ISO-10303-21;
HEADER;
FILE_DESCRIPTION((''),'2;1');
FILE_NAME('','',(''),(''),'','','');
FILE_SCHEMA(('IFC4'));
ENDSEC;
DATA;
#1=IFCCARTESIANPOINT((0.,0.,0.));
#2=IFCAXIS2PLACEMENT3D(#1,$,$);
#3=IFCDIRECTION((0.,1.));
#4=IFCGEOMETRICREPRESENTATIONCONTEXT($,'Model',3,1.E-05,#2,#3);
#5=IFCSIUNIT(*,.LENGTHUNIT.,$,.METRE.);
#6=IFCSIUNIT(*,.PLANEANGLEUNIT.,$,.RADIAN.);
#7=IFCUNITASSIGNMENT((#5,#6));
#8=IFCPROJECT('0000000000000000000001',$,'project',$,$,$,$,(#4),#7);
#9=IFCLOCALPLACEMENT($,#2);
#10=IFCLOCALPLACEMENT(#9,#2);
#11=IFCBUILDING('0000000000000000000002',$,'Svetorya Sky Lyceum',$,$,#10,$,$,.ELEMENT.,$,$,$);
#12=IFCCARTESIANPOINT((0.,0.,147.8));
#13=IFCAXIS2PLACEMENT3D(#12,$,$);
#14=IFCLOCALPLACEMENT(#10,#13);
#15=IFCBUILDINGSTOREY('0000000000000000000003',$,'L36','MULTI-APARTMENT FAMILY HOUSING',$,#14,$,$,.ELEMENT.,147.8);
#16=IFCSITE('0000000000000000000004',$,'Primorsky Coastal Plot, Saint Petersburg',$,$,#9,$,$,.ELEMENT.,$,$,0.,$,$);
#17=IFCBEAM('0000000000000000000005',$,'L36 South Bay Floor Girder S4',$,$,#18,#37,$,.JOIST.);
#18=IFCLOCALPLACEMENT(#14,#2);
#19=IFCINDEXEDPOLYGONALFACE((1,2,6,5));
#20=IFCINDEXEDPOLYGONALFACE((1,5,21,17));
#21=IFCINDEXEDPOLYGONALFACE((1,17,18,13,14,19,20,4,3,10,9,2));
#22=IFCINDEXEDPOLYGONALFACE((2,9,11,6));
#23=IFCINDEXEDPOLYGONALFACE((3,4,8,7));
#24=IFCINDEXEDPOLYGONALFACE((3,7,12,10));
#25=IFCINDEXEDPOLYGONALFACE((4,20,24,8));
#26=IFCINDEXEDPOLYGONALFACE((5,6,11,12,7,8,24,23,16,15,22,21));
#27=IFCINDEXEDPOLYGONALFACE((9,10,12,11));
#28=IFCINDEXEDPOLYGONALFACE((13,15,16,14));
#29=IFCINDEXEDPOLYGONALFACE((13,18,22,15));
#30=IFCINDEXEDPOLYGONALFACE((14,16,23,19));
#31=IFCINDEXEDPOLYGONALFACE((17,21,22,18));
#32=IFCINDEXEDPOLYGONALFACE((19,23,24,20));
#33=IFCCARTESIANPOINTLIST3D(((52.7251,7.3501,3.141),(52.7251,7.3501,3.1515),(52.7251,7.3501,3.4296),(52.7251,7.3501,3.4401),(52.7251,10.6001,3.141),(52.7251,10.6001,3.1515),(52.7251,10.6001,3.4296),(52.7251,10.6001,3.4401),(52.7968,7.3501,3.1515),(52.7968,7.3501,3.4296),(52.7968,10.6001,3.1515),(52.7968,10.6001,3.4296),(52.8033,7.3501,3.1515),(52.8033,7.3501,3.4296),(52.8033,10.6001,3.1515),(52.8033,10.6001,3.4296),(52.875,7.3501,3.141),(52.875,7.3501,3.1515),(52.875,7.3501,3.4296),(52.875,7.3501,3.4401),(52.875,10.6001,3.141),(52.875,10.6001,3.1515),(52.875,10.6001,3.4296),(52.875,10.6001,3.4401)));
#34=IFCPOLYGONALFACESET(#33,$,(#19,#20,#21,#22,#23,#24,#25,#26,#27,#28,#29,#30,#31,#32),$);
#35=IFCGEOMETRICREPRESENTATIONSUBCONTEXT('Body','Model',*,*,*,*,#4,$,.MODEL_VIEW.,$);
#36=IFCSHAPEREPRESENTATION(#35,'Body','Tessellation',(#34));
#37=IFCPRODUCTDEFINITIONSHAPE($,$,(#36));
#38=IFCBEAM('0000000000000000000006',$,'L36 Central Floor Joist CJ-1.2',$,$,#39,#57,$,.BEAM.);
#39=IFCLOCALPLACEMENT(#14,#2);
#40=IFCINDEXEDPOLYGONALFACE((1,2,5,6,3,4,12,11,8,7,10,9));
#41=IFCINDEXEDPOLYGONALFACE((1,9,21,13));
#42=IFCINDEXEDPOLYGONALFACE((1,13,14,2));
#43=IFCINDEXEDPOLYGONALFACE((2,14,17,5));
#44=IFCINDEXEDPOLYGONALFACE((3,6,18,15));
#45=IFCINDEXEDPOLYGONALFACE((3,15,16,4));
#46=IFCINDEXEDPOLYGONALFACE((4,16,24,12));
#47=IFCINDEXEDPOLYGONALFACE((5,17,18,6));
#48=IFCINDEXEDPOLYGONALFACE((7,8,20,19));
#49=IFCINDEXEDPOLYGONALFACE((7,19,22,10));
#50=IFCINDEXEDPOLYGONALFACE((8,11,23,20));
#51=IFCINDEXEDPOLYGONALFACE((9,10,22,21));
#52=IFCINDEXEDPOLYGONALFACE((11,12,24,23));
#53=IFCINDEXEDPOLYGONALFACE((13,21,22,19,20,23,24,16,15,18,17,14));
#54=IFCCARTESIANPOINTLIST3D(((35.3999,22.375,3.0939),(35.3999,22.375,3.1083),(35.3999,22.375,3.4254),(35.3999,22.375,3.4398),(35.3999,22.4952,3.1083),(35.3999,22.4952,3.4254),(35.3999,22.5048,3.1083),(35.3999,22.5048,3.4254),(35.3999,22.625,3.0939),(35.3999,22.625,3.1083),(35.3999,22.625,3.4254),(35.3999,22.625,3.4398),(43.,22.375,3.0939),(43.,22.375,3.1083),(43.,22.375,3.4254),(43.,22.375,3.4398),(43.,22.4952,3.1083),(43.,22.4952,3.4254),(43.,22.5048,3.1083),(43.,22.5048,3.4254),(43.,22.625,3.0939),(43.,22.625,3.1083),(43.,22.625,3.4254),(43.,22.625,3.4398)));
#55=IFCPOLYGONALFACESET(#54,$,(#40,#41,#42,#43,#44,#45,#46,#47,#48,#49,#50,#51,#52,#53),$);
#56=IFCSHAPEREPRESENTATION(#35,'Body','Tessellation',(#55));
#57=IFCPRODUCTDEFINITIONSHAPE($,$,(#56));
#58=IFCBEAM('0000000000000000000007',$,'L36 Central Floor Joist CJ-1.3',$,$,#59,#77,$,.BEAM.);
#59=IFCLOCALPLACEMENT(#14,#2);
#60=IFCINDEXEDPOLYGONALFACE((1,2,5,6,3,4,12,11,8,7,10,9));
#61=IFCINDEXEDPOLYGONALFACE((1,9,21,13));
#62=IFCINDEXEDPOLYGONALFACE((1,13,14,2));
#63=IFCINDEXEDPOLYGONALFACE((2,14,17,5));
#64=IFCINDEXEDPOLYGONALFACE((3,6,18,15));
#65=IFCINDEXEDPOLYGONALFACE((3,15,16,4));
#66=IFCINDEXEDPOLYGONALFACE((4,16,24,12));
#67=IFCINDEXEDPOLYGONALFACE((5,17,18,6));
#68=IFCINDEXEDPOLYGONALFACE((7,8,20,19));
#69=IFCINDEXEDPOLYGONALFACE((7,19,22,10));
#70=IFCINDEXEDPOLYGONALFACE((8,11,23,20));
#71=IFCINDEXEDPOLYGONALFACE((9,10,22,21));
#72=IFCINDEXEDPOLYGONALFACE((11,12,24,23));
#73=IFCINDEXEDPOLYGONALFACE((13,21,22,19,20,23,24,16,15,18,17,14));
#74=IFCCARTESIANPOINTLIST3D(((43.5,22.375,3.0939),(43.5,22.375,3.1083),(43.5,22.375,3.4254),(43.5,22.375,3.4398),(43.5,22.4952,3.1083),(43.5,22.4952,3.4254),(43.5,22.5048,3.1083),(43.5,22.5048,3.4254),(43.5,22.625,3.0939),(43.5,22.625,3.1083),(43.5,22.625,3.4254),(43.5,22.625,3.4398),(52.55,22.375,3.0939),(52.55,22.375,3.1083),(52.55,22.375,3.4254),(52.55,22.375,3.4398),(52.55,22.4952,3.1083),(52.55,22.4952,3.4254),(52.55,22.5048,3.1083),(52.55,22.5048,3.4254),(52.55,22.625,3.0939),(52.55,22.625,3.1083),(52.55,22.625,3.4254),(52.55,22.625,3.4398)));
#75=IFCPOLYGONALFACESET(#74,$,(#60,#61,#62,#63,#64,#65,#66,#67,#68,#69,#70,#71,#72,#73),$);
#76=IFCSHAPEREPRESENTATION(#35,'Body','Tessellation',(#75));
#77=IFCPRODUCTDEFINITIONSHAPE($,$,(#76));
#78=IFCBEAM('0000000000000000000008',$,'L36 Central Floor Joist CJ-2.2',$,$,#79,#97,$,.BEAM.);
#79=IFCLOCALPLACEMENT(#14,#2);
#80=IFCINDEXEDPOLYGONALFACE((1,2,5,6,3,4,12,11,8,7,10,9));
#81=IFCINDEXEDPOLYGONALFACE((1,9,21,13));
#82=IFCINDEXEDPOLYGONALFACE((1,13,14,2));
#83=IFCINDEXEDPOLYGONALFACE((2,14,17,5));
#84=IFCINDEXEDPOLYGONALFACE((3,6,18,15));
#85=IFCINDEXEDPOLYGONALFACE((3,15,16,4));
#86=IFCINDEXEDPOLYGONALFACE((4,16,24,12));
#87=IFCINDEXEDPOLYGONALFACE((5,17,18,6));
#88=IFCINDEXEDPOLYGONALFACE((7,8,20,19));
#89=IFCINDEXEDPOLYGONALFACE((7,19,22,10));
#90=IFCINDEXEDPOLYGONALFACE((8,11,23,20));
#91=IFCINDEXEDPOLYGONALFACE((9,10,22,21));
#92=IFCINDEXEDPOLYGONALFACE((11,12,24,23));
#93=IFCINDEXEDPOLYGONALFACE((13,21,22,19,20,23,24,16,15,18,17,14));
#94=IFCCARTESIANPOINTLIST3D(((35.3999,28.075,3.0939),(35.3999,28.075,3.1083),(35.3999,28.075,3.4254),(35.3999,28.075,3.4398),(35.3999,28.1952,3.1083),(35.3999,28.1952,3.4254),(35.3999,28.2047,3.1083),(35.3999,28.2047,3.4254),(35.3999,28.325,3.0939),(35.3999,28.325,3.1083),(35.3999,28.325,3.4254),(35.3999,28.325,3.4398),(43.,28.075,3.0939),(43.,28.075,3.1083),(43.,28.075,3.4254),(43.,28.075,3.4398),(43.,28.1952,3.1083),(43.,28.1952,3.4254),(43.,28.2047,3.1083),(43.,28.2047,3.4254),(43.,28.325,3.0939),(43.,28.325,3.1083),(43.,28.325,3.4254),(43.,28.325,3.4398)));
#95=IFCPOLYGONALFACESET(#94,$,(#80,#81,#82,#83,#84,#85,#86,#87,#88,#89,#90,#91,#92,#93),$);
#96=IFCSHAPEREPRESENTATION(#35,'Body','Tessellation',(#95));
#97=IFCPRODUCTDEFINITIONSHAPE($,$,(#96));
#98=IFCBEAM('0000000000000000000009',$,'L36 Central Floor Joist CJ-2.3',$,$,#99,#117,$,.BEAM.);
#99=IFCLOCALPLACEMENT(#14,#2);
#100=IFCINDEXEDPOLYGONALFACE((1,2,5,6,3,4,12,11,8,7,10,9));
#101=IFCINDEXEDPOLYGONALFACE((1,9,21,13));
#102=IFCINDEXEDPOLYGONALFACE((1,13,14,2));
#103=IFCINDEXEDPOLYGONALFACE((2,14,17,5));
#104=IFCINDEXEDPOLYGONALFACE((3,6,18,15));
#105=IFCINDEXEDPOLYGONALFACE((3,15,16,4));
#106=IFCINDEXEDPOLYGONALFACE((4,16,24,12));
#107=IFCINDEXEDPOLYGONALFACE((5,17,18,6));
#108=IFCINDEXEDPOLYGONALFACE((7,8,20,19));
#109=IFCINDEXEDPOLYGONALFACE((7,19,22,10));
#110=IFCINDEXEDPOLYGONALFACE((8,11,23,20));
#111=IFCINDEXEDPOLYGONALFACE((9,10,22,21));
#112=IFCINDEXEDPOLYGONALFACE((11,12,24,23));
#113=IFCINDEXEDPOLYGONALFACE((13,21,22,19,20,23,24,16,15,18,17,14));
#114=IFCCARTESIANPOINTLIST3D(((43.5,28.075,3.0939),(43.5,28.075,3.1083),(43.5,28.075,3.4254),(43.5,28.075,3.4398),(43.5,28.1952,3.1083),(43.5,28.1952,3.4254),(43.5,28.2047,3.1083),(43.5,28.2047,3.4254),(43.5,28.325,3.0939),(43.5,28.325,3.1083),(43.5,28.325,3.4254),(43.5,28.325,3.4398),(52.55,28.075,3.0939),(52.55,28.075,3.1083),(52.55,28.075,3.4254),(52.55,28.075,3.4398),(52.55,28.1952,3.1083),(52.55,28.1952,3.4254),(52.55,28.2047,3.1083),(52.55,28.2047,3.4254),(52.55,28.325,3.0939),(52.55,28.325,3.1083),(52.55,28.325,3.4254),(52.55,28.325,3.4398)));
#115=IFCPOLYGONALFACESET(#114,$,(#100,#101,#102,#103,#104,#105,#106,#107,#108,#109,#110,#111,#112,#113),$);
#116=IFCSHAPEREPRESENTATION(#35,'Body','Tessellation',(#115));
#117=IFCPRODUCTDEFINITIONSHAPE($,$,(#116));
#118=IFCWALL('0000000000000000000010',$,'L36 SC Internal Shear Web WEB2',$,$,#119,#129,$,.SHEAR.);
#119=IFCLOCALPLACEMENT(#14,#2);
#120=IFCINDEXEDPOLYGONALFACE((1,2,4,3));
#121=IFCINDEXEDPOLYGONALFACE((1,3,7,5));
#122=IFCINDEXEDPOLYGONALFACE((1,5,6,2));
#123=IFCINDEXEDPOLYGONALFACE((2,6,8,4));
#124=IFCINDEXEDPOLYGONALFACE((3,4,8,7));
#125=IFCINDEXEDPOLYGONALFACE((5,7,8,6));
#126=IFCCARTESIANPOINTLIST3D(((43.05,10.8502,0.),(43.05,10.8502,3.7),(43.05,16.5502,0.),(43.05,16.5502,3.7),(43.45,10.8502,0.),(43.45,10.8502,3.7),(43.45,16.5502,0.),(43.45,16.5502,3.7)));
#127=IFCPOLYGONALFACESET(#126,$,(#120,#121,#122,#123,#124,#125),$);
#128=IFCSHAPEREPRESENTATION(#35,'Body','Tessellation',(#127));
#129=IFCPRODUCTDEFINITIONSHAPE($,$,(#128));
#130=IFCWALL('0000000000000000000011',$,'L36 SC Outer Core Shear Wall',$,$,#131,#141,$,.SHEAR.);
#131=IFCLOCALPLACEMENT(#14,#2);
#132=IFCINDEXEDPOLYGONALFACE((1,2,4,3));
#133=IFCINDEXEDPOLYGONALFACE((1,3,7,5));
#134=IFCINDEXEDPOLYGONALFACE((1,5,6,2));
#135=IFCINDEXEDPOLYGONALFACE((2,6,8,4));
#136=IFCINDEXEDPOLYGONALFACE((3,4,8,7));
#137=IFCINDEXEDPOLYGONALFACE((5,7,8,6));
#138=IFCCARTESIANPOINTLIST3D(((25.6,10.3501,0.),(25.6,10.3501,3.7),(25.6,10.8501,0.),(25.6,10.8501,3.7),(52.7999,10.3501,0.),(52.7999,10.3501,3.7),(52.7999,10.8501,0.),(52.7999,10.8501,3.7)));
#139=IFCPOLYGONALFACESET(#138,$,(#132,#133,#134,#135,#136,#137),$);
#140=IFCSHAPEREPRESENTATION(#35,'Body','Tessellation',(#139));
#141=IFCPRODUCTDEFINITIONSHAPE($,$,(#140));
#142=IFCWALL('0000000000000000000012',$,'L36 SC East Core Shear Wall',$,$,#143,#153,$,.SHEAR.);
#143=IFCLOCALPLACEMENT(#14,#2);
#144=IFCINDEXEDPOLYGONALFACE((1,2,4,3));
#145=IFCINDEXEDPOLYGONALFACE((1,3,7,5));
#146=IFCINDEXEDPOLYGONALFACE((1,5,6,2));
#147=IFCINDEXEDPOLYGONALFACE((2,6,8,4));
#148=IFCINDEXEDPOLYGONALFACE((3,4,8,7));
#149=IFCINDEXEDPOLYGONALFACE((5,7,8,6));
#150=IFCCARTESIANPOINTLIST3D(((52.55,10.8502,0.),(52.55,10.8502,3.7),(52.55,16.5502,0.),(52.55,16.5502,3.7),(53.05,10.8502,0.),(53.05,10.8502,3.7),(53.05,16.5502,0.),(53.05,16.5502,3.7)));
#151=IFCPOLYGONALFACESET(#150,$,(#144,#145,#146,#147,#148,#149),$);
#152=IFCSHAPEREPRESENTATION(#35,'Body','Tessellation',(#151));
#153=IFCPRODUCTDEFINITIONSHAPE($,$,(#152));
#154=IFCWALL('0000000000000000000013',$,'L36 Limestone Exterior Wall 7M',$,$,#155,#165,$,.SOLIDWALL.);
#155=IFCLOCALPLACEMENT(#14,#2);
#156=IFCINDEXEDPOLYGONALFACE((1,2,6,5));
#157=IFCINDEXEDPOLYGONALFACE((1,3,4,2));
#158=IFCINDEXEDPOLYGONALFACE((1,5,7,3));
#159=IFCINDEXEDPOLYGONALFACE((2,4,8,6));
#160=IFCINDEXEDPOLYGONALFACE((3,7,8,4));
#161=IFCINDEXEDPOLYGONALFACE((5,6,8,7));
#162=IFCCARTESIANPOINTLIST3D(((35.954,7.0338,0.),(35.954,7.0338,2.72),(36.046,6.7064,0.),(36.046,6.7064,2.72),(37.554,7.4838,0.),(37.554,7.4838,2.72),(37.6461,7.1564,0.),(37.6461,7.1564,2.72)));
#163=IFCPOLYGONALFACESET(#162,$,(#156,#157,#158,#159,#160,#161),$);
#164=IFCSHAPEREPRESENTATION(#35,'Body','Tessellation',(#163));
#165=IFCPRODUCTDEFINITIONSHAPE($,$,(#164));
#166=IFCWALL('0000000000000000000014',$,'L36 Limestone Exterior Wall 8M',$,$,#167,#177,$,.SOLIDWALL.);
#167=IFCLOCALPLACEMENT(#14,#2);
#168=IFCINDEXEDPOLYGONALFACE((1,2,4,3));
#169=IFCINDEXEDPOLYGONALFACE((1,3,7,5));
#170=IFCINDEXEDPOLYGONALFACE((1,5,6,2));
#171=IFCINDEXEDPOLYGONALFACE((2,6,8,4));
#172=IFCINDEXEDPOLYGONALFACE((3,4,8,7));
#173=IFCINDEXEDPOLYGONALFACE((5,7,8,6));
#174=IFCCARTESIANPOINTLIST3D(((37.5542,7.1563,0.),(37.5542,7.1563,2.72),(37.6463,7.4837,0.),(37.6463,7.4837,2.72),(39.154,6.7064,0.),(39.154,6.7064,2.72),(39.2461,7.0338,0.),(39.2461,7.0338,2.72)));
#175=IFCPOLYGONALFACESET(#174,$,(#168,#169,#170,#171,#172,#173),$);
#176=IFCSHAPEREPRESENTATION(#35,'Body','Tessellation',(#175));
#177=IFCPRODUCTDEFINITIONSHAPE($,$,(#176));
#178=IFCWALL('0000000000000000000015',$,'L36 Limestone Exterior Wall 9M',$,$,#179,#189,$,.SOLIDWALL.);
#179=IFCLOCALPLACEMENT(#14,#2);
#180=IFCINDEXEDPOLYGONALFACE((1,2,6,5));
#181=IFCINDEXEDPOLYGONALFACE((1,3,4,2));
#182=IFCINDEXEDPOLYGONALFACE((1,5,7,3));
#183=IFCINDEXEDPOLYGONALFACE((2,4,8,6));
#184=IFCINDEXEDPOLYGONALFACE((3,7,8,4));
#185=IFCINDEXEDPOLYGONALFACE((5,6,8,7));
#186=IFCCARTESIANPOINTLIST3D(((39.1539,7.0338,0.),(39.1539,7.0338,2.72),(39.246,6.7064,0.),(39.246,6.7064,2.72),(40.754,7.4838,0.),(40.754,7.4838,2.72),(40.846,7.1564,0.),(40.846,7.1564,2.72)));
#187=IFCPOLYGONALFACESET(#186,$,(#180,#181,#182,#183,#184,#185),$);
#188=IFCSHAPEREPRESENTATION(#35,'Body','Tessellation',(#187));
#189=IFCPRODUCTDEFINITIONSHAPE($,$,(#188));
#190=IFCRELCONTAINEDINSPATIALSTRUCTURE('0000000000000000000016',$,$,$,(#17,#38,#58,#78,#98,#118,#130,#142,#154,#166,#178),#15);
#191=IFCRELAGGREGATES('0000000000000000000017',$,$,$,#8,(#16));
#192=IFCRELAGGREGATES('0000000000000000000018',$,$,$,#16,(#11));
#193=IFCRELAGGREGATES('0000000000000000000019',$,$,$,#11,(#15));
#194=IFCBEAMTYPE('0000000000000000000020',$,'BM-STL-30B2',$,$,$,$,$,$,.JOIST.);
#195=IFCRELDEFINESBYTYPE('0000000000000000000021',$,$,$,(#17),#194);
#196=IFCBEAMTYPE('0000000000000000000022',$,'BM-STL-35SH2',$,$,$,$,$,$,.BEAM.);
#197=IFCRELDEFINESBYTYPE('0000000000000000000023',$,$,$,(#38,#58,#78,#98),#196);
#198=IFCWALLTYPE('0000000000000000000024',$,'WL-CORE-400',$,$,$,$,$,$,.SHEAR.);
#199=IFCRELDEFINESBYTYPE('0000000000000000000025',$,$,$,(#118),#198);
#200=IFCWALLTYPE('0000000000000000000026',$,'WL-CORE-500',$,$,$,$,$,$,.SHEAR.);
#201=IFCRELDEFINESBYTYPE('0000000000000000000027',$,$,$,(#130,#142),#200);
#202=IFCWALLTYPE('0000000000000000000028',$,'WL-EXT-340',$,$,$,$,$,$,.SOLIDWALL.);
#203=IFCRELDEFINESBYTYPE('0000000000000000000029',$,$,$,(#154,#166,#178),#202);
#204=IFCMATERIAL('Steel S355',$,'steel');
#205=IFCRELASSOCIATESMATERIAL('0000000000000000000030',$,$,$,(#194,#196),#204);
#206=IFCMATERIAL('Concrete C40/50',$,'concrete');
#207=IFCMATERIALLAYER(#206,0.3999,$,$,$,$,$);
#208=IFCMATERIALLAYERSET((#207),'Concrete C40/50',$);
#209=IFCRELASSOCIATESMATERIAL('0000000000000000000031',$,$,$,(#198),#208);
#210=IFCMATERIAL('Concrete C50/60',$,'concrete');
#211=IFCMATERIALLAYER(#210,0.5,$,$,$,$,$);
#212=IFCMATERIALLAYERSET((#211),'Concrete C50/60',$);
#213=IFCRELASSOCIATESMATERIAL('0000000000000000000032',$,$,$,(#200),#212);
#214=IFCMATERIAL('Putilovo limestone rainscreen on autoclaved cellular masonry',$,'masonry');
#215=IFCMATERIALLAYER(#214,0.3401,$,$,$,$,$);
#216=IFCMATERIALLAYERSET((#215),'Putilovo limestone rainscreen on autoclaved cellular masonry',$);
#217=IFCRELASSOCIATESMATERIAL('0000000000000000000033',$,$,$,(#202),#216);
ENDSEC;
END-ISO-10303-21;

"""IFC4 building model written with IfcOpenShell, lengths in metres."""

from ifc_helpers import new_model, si_unit, direction, frame, frame_2d, origin, origin_2d, place, context, subcontext, project, spatial, rectangle, i_section, extrude, material, layer, layer_set, material_profile, profile_set, type_object, element, save


model = new_model("IFC4")

# Units and contexts
model_context = context("Model", 3, precision=1e-05, world=origin(), true_north=direction((0.0, 1.0)))
body_context = subcontext(model_context, "Body", "Model", "MODEL_VIEW")
ifc_project = project(units=[si_unit("LENGTHUNIT", "METRE"), si_unit("PLANEANGLEUNIT", "RADIAN")], contexts=[model_context])

# Site, building, storey
site_placement = place(None, origin())
site = spatial("IfcSite", under=ifc_project, at=site_placement, Name="Primorsky Coastal Plot, Saint Petersburg", CompositionType="ELEMENT", RefElevation=0.0)
building_placement = place(site_placement, origin())
building = spatial("IfcBuilding", under=site, at=building_placement, Name="Svetorya Sky Lyceum", CompositionType="ELEMENT")
storey_placement = place(building_placement, frame((0.0, 0.0, 147.8)))
storey = spatial("IfcBuildingStorey", under=building, at=storey_placement, Name="L36", Description="MULTI-APARTMENT FAMILY HOUSING", CompositionType="ELEMENT", Elevation=147.8)

# Shared definitions
ifc_material_1 = material(Name="Concrete C50/60", Category="concrete")

# Beams
ifc_material_2 = material(Name="Steel S355", Category="steel")
ifc_material_profile_1 = material_profile(ifc_material_2, i_section(OverallWidth=0.1499, OverallDepth=0.2991, WebThickness=0.0066, FlangeThickness=0.0105, at=origin_2d()), Name="GOST 30B2")
ifc_profile_set_1 = profile_set([ifc_material_profile_1], Name="Steel S355")
beam_type_1 = type_object("IfcBeamType", Name="BM-STL-30B2", PredefinedType="JOIST", material=ifc_profile_set_1)
for number, where, z_axis, x_axis, name in (
    (1, (52.8, 7.3501, 3.2905), (0.0, 1.0, 0.0), (-1.0, 0.0, 0.0), "L36 South Bay Floor Girder S4"),
):
    element("IfcBeam", number, at=place(storey_placement, frame(where, z_axis=z_axis, x_axis=x_axis)), inside=storey, type_object=beam_type_1, Name=name, PredefinedType="JOIST", context=body_context, shape_type="SweptSolid", body=[
        extrude(i_section(OverallWidth=0.1499, OverallDepth=0.2991, WebThickness=0.0066, FlangeThickness=0.0105, at=origin_2d()), origin(), (0.0, 0.0, 1.0), 3.25),
    ])
ifc_material_profile_2 = material_profile(ifc_material_2, i_section(OverallWidth=0.25, OverallDepth=0.3459, WebThickness=0.0095, FlangeThickness=0.0144, at=origin_2d()), Name="GOST 35Sh2")
ifc_profile_set_2 = profile_set([ifc_material_profile_2], Name="Steel S355")
beam_type_2 = type_object("IfcBeamType", Name="BM-STL-35SH2", PredefinedType="BEAM", material=ifc_profile_set_2)
beam_1_placement = place(storey_placement, frame((35.3999, 22.5, 3.2668), z_axis=(1.0, 0.0, 0.0), x_axis=(0.0, 1.0, 0.0)))
element("IfcBeam", 2, at=beam_1_placement, inside=storey, type_object=beam_type_2, Name="L36 Central Floor Joist CJ-1.2", PredefinedType="BEAM", context=body_context, shape_type="SweptSolid", body=[
    extrude(i_section(OverallWidth=0.25, OverallDepth=0.3459, WebThickness=0.0095, FlangeThickness=0.0144, at=origin_2d()), origin(), (0.0, 0.0, 1.0), 7.6001),
])
beam_2_placement = place(storey_placement, frame((43.5, 22.5, 3.2668), z_axis=(1.0, 0.0, 0.0), x_axis=(0.0, 1.0, 0.0)))
element("IfcBeam", 3, at=beam_2_placement, inside=storey, type_object=beam_type_2, Name="L36 Central Floor Joist CJ-1.3", PredefinedType="BEAM", context=body_context, shape_type="SweptSolid", body=[
    extrude(i_section(OverallWidth=0.25, OverallDepth=0.3459, WebThickness=0.0095, FlangeThickness=0.0144, at=origin_2d()), origin(), (0.0, 0.0, 1.0), 9.05),
])
beam_3_placement = place(storey_placement, frame((35.3999, 28.2, 3.2668), z_axis=(1.0, 0.0, 0.0), x_axis=(0.0, 1.0, 0.0)))
element("IfcBeam", 4, at=beam_3_placement, inside=storey, type_object=beam_type_2, Name="L36 Central Floor Joist CJ-2.2", PredefinedType="BEAM", context=body_context, shape_type="SweptSolid", body=[
    extrude(i_section(OverallWidth=0.25, OverallDepth=0.3459, WebThickness=0.0095, FlangeThickness=0.0144, at=origin_2d()), origin(), (0.0, 0.0, 1.0), 7.6001),
])
beam_4_placement = place(storey_placement, frame((43.5, 28.2, 3.2668), z_axis=(1.0, 0.0, 0.0), x_axis=(0.0, 1.0, 0.0)))
element("IfcBeam", 5, at=beam_4_placement, inside=storey, type_object=beam_type_2, Name="L36 Central Floor Joist CJ-2.3", PredefinedType="BEAM", context=body_context, shape_type="SweptSolid", body=[
    extrude(i_section(OverallWidth=0.25, OverallDepth=0.3459, WebThickness=0.0095, FlangeThickness=0.0144, at=origin_2d()), origin(), (0.0, 0.0, 1.0), 9.05),
])

# Walls
ifc_material_3 = material(Name="Concrete C40/50", Category="concrete")
ifc_layer_1 = layer(ifc_material_3, 0.3999)
ifc_layer_set_1 = layer_set([ifc_layer_1], Name="Concrete C40/50")
wall_type_1 = type_object("IfcWallType", Name="WL-CORE-400", PredefinedType="SHEAR", material=ifc_layer_set_1)
wall_1_placement = place(storey_placement, frame((43.25, 10.8501, 0.0), z_axis=(0.0, 0.0, 1.0), x_axis=(0.0, 1.0, 0.0)))
element("IfcWall", 6, at=wall_1_placement, inside=storey, type_object=wall_type_1, Name="L36 SC Internal Shear Web WEB2", PredefinedType="SHEAR", context=body_context, shape_type="SweptSolid", body=[
    extrude(rectangle(XDim=5.7, YDim=0.3999, at=frame_2d((2.8501, 0.0))), origin(), (0.0, 0.0, 1.0), 3.7),
])
ifc_layer_2 = layer(ifc_material_1, 0.5)
ifc_layer_set_2 = layer_set([ifc_layer_2], Name="Concrete C50/60")
wall_type_2 = type_object("IfcWallType", Name="WL-CORE-500", PredefinedType="SHEAR", material=ifc_layer_set_2)
wall_2_placement = place(storey_placement, frame((52.8, 10.6001, 0.0), z_axis=(0.0, 0.0, 1.0), x_axis=(-1.0, 0.0, 0.0)))
element("IfcWall", 7, at=wall_2_placement, inside=storey, type_object=wall_type_2, Name="L36 SC Outer Core Shear Wall", PredefinedType="SHEAR", context=body_context, shape_type="SweptSolid", body=[
    extrude(rectangle(XDim=27.2, YDim=0.5, at=frame_2d((13.6001, 0.0))), origin(), (0.0, 0.0, 1.0), 3.7),
])
wall_3_placement = place(storey_placement, frame((52.8, 10.8501, 0.0), z_axis=(0.0, 0.0, 1.0), x_axis=(0.0, 1.0, 0.0)))
element("IfcWall", 8, at=wall_3_placement, inside=storey, type_object=wall_type_2, Name="L36 SC East Core Shear Wall", PredefinedType="SHEAR", context=body_context, shape_type="SweptSolid", body=[
    extrude(rectangle(XDim=5.7, YDim=0.5, at=frame_2d((2.8501, 0.0))), origin(), (0.0, 0.0, 1.0), 3.7),
])
ifc_material_4 = material(Name="Putilovo limestone rainscreen on autoclaved cellular masonry", Category="masonry")
ifc_layer_3 = layer(ifc_material_4, 0.3401)
ifc_layer_set_3 = layer_set([ifc_layer_3], Name="Putilovo limestone rainscreen on autoclaved cellular masonry")
wall_type_3 = type_object("IfcWallType", Name="WL-EXT-340", PredefinedType="SOLIDWALL", material=ifc_layer_set_3)
wall_4_placement = place(storey_placement, frame((36.0, 6.8701, 0.0), z_axis=(0.0, 0.0, 1.0), x_axis=(0.962663, 0.270703, 0.0)))
element("IfcWall", 9, at=wall_4_placement, inside=storey, type_object=wall_type_3, Name="L36 Limestone Exterior Wall 7M", PredefinedType="SOLIDWALL", context=body_context, shape_type="SweptSolid", body=[
    extrude(rectangle(XDim=1.6621, YDim=0.3401, at=frame_2d((0.8311, 0.0))), origin(), (0.0, 0.0, 1.0), 2.72),
])
wall_5_placement = place(storey_placement, frame((37.6001, 7.3201, 0.0), z_axis=(0.0, 0.0, 1.0), x_axis=(0.962652, -0.270741, 0.0)))
element("IfcWall", 10, at=wall_5_placement, inside=storey, type_object=wall_type_3, Name="L36 Limestone Exterior Wall 8M", PredefinedType="SOLIDWALL", context=body_context, shape_type="SweptSolid", body=[
    extrude(rectangle(XDim=1.6619, YDim=0.3401, at=frame_2d((0.8311, 0.0))), origin(), (0.0, 0.0, 1.0), 2.72),
])
wall_6_placement = place(storey_placement, frame((39.2, 6.8701, 0.0), z_axis=(0.0, 0.0, 1.0), x_axis=(0.962663, 0.270703, 0.0)))
element("IfcWall", 11, at=wall_6_placement, inside=storey, type_object=wall_type_3, Name="L36 Limestone Exterior Wall 9M", PredefinedType="SOLIDWALL", context=body_context, shape_type="SweptSolid", body=[
    extrude(rectangle(XDim=1.6621, YDim=0.3401, at=frame_2d((0.8311, 0.0))), origin(), (0.0, 0.0, 1.0), 2.72),
])

save(model, "model.ifc")
